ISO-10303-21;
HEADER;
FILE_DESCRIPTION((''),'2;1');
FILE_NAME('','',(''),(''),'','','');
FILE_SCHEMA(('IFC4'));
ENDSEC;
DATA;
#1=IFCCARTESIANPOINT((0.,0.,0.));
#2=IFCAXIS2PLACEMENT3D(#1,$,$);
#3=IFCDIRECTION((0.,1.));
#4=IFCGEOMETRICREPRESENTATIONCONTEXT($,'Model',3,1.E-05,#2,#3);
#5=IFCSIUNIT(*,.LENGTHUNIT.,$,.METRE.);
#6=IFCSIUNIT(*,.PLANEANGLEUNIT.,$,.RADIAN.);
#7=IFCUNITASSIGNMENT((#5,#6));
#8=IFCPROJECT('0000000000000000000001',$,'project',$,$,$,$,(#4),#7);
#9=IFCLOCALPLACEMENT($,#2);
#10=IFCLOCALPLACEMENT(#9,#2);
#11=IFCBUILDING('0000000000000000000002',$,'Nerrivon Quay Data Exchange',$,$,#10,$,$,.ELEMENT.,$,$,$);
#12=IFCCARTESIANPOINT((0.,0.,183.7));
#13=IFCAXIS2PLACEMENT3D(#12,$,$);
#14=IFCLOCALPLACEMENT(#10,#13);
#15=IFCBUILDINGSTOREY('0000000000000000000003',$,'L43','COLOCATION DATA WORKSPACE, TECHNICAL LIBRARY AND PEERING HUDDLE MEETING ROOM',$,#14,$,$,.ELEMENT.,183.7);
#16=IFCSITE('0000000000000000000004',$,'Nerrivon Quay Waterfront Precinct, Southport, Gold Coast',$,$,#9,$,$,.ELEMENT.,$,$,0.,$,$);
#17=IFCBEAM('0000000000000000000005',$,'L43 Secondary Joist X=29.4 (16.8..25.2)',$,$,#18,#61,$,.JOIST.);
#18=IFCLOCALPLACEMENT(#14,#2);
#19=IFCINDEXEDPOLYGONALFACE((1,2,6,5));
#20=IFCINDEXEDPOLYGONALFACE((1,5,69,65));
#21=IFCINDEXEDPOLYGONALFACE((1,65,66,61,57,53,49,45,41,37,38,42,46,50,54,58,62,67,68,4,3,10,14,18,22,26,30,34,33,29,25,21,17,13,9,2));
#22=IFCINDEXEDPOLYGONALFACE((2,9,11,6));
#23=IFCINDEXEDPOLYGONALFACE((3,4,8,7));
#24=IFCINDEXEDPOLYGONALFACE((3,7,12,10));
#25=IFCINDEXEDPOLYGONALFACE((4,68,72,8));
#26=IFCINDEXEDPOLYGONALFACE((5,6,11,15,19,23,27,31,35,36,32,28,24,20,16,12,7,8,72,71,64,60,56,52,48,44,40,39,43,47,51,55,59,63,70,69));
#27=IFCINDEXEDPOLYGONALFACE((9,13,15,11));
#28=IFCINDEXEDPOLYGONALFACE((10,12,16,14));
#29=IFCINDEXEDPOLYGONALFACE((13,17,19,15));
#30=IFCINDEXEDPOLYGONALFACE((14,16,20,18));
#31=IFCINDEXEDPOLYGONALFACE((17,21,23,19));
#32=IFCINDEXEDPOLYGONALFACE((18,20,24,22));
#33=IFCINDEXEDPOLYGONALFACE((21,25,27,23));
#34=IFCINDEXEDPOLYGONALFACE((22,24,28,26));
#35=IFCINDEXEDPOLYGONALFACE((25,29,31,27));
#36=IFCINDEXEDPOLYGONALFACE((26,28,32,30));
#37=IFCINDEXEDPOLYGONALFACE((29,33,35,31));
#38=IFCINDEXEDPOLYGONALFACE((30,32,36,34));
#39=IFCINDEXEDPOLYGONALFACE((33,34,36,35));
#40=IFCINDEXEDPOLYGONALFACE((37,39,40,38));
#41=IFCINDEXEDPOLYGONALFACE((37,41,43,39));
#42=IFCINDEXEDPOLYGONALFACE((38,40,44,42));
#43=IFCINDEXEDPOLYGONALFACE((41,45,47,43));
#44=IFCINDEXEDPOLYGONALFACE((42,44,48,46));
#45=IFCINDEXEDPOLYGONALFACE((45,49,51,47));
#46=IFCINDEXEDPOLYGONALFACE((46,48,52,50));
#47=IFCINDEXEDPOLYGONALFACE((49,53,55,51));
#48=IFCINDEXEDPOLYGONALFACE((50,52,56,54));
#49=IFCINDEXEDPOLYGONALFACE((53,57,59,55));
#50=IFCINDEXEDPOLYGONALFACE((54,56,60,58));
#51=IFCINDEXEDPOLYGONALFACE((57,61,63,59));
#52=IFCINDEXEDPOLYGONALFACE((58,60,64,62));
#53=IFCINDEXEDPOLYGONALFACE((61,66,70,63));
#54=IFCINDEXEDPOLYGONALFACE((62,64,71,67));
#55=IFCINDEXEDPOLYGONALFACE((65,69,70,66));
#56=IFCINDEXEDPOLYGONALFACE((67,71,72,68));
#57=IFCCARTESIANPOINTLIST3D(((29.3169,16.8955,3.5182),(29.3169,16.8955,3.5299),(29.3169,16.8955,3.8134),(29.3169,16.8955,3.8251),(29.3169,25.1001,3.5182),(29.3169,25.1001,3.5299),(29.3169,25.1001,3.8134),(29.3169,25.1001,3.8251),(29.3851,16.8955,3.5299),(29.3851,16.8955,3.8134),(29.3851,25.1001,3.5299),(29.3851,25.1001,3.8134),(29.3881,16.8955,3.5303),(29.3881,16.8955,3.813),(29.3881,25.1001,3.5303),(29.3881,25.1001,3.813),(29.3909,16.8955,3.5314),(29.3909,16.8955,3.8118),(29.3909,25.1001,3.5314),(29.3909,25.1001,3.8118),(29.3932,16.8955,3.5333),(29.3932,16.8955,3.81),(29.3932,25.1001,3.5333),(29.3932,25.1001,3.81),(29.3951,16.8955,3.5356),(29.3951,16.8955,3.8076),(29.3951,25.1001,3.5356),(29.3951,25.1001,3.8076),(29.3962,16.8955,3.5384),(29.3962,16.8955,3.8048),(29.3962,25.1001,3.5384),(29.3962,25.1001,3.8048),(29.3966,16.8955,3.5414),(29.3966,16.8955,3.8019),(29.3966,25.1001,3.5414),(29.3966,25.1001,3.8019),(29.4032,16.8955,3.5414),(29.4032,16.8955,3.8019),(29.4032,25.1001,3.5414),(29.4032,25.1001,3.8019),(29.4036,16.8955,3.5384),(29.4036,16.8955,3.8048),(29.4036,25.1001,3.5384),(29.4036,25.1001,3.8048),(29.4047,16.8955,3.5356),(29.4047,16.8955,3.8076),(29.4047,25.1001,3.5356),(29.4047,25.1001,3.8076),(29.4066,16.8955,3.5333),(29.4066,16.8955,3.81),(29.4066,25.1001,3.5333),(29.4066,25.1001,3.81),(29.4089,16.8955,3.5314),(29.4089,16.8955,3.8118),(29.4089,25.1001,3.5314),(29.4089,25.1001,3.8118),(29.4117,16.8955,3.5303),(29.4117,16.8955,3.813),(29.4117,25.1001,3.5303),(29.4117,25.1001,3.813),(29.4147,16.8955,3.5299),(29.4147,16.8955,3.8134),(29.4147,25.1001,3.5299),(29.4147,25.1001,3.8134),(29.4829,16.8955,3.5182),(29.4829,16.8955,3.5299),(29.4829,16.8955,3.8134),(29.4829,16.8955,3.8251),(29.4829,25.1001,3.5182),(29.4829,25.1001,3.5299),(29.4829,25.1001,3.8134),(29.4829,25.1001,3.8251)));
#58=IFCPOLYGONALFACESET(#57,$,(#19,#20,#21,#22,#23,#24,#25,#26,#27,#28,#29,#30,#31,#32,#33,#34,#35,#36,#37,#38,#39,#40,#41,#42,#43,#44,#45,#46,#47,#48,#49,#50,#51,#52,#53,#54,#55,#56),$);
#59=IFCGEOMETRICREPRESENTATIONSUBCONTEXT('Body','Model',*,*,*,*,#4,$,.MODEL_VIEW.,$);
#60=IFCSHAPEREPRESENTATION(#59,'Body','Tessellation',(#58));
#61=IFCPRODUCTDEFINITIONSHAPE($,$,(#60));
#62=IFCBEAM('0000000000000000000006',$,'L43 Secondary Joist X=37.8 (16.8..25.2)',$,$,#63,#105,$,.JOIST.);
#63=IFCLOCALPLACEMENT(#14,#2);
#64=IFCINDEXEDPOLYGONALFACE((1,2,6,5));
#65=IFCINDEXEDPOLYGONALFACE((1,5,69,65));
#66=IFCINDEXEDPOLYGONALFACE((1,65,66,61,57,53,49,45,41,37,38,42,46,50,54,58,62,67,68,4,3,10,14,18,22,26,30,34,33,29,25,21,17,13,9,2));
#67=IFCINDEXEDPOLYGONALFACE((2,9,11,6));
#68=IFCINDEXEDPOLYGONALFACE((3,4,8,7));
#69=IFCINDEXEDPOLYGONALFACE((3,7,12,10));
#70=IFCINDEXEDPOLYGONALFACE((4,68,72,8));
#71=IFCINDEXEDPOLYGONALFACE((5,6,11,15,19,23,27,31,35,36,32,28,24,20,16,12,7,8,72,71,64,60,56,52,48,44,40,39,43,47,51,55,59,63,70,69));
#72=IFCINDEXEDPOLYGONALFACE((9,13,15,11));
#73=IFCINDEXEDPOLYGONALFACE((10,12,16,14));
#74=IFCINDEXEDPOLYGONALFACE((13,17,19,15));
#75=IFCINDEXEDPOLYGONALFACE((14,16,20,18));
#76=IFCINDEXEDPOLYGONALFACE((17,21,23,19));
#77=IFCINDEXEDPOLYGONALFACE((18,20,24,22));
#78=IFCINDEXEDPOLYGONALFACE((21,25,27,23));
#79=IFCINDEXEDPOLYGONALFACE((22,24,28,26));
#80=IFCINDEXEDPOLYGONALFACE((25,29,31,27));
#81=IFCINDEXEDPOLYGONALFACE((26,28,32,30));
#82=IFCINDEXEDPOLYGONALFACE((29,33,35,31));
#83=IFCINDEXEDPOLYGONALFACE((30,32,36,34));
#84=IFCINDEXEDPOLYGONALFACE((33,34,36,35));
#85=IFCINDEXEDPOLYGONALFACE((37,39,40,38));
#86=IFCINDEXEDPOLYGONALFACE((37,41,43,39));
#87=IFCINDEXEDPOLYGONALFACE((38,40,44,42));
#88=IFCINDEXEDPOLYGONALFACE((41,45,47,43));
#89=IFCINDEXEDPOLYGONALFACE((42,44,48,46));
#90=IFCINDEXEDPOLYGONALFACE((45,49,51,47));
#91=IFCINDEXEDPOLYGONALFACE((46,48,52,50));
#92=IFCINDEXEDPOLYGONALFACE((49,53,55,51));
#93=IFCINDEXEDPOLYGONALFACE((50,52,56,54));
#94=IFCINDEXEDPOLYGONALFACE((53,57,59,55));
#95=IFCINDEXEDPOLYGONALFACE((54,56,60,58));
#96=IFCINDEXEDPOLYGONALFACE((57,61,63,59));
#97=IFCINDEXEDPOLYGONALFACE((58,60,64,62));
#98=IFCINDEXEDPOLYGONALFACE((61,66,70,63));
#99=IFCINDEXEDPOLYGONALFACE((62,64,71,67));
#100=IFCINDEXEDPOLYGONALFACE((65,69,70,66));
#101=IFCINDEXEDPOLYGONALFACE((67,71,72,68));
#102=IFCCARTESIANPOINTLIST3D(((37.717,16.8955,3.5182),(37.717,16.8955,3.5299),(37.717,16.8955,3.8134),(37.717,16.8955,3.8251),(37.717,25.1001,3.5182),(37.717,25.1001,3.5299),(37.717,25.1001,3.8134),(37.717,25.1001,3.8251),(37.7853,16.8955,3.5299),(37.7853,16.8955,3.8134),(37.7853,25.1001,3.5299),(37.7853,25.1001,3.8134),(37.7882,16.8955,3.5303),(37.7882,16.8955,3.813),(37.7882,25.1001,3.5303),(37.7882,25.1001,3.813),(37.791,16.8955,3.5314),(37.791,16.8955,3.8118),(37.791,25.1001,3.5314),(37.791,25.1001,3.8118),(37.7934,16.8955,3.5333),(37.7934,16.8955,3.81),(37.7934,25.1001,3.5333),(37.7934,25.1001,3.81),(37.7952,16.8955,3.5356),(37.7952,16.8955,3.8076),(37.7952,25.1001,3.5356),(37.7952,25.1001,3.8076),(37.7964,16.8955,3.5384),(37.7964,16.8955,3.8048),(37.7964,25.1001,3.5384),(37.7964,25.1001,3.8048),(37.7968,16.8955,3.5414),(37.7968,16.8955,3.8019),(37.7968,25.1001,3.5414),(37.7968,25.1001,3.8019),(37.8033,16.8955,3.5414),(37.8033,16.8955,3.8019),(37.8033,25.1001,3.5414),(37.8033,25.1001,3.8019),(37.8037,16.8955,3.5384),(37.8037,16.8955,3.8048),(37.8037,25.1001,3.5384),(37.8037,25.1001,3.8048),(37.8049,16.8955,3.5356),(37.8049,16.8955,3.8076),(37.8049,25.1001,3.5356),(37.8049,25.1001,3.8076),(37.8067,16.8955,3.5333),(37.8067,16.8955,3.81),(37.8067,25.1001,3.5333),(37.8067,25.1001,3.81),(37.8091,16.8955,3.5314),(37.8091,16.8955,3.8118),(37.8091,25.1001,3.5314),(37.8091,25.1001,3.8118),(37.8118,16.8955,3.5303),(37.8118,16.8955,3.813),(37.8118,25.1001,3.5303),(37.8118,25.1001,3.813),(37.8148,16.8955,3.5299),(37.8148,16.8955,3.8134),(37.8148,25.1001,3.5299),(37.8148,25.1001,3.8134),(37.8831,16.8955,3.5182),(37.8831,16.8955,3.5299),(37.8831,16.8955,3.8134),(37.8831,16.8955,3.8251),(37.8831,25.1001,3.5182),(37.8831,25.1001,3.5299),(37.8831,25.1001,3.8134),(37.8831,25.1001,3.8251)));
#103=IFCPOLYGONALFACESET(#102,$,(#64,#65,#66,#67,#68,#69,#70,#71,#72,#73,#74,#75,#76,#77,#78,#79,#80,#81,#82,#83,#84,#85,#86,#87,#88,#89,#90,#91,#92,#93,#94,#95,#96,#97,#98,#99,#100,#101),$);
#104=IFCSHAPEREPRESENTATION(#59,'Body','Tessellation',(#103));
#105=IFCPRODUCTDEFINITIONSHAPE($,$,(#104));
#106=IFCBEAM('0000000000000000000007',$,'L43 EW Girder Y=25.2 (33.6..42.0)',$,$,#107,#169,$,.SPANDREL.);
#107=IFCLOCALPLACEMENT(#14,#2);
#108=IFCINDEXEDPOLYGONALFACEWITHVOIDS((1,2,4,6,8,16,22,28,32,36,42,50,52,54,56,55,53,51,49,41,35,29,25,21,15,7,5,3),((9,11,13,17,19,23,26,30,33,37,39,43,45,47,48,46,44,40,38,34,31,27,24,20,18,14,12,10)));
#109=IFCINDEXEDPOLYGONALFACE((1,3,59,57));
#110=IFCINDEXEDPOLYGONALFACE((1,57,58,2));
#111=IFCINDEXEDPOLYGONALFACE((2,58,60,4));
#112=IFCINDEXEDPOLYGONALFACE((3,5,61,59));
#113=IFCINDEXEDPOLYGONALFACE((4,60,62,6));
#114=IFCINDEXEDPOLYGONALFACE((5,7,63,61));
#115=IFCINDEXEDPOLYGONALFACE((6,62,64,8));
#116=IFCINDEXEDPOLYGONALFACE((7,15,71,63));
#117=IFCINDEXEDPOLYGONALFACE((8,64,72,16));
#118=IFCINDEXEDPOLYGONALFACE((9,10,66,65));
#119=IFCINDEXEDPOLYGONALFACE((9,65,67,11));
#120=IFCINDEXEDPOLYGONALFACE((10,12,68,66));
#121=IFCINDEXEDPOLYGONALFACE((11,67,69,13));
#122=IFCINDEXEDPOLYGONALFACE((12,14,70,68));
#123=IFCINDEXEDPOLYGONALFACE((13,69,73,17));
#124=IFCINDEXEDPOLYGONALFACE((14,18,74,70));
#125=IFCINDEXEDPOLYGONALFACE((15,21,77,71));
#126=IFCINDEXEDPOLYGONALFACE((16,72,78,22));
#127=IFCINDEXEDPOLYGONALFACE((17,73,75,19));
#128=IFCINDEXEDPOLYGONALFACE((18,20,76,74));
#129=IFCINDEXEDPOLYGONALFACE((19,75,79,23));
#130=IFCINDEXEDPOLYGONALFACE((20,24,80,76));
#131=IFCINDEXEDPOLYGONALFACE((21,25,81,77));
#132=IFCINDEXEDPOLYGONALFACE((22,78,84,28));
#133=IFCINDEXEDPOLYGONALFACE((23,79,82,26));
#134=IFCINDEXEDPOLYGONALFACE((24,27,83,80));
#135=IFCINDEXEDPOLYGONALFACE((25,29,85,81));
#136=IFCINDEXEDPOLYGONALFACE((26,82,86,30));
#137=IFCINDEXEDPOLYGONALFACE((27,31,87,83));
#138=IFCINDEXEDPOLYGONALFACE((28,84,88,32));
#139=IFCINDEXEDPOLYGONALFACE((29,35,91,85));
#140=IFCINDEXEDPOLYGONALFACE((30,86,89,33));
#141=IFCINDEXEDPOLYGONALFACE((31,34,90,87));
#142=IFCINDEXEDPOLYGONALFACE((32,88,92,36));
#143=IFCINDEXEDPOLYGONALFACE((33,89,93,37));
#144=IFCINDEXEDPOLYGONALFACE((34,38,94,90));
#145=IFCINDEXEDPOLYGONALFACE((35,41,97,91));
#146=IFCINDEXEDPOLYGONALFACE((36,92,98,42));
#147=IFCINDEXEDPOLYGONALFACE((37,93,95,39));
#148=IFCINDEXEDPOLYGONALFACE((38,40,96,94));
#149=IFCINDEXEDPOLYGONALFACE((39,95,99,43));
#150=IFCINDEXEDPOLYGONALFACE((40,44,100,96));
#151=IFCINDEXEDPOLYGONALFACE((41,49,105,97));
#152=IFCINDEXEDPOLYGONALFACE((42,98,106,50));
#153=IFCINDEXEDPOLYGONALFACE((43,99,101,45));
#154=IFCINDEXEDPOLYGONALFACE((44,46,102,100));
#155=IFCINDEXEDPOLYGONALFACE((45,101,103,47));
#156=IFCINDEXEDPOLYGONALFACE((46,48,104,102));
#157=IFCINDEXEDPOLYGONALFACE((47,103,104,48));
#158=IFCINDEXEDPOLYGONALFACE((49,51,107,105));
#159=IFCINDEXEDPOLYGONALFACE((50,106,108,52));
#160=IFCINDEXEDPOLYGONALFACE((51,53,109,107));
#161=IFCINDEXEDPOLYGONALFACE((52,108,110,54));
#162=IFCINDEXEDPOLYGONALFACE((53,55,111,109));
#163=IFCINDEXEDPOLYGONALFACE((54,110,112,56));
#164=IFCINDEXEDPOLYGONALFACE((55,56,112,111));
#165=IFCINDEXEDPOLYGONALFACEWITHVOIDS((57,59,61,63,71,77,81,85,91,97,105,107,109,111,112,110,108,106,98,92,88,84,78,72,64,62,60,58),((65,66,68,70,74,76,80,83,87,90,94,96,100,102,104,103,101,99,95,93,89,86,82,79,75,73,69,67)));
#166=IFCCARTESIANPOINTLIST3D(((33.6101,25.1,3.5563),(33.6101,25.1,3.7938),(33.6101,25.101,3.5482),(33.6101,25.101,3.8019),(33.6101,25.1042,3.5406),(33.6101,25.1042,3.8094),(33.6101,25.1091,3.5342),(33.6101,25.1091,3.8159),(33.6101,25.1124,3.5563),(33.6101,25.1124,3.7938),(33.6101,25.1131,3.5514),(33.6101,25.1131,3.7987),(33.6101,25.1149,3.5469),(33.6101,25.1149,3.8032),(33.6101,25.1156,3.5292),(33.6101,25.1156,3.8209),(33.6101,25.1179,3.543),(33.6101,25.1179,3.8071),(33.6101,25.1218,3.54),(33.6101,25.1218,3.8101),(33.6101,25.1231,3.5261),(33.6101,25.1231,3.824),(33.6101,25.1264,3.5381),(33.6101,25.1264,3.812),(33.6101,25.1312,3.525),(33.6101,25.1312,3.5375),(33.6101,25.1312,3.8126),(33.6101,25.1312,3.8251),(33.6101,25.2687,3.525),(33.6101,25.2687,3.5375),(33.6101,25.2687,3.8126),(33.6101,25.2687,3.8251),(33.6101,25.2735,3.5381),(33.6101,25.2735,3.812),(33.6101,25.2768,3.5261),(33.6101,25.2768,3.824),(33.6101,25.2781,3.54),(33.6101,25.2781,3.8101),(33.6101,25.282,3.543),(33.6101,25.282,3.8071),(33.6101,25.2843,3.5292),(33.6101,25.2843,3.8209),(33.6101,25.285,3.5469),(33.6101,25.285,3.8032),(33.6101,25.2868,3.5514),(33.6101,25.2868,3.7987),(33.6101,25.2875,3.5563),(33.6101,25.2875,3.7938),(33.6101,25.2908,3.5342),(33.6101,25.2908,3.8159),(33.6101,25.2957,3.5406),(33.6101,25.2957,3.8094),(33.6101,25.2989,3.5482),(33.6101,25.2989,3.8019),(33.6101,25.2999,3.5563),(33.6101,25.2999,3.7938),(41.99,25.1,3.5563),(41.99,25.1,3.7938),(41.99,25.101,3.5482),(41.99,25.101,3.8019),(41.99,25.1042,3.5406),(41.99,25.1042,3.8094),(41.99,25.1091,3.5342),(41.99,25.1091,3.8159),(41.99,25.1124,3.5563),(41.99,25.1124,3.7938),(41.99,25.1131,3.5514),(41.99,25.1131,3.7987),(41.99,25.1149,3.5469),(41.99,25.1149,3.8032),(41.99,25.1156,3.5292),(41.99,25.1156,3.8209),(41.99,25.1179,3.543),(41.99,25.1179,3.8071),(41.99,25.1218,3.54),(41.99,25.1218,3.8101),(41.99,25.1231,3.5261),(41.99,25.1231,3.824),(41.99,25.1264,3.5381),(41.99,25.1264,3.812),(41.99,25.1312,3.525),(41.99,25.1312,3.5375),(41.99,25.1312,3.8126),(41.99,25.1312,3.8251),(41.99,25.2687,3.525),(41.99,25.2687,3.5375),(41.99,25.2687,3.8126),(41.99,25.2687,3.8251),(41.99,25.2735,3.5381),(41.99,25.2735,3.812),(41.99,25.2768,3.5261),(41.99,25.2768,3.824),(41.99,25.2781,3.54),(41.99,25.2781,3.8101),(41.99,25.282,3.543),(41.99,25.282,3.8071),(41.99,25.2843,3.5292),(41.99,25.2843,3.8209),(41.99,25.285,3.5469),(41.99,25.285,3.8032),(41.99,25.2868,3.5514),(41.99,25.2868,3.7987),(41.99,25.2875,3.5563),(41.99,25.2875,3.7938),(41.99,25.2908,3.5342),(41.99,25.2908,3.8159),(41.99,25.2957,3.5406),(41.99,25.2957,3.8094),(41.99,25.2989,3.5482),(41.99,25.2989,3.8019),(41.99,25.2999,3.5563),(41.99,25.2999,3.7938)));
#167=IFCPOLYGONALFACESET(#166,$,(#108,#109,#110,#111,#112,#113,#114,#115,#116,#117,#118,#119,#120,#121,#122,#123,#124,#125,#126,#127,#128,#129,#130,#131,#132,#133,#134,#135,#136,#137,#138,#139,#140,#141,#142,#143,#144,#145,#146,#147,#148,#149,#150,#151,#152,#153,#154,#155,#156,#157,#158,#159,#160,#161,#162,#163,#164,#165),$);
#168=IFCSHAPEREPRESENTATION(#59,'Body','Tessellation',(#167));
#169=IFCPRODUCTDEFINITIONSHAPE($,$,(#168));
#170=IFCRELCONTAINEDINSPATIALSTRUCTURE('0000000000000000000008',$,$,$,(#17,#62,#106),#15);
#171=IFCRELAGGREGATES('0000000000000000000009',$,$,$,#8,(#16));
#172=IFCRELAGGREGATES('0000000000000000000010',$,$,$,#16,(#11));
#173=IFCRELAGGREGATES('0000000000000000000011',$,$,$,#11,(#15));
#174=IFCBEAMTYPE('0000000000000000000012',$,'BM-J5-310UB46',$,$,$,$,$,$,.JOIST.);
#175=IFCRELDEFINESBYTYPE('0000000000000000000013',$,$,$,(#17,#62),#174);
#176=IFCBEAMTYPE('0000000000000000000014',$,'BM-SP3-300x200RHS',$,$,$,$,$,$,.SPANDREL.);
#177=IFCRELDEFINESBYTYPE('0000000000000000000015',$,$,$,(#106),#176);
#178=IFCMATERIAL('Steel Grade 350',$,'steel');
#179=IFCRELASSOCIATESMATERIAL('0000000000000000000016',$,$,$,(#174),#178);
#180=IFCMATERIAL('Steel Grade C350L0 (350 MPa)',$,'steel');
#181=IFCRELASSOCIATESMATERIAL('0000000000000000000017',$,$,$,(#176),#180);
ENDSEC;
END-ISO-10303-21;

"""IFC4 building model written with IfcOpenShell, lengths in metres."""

from ifc_helpers import new_model, si_unit, direction, frame, origin, origin_2d, place, context, subcontext, project, spatial, hollow_rectangle, i_section, extrude, material, material_profile, profile_set, type_object, element, save


model = new_model("IFC4")

# Units and contexts
model_context = context("Model", 3, precision=1e-05, world=origin(), true_north=direction((0.0, 1.0)))
body_context = subcontext(model_context, "Body", "Model", "MODEL_VIEW")
ifc_project = project(units=[si_unit("LENGTHUNIT", "METRE"), si_unit("PLANEANGLEUNIT", "RADIAN")], contexts=[model_context])

# Site, building, storey
site_placement = place(None, origin())
site = spatial("IfcSite", under=ifc_project, at=site_placement, Name="Nerrivon Quay Waterfront Precinct, Southport, Gold Coast", CompositionType="ELEMENT", RefElevation=0.0)
building_placement = place(site_placement, origin())
building = spatial("IfcBuilding", under=site, at=building_placement, Name="Nerrivon Quay Data Exchange", CompositionType="ELEMENT")
storey_placement = place(building_placement, frame((0.0, 0.0, 183.7)))
storey = spatial("IfcBuildingStorey", under=building, at=storey_placement, Name="L43", Description="COLOCATION DATA WORKSPACE, TECHNICAL LIBRARY AND PEERING HUDDLE MEETING ROOM", CompositionType="ELEMENT", Elevation=183.7)

# Shared definitions
ifc_material_1 = material(Name="Steel Grade 350", Category="steel")

# Beams
ifc_material_profile_1 = material_profile(ifc_material_1, i_section(OverallWidth=0.166, OverallDepth=0.3069, WebThickness=0.0066, FlangeThickness=0.0117, FilletRadius=0.0115, at=origin_2d()), Name="310UB46.2")
ifc_profile_set_1 = profile_set([ifc_material_profile_1], Name="Steel Grade 350")
beam_type_1 = type_object("IfcBeamType", Name="BM-J5-310UB46", PredefinedType="JOIST", material=ifc_profile_set_1)
for number, where, z_axis, x_axis, name in (
    (1, (29.3999, 16.8955, 3.6716), (0.0, 1.0, 0.0), (-1.0, 0.0, 0.0), "L43 Secondary Joist X=29.4 (16.8..25.2)"),
    (2, (37.8, 16.8955, 3.6716), (0.0, 1.0, 0.0), (-1.0, 0.0, 0.0), "L43 Secondary Joist X=37.8 (16.8..25.2)"),
):
    element("IfcBeam", number, at=place(storey_placement, frame(where, z_axis=z_axis, x_axis=x_axis)), inside=storey, type_object=beam_type_1, Name=name, PredefinedType="JOIST", context=body_context, shape_type="SweptSolid", body=[
        extrude(i_section(OverallWidth=0.166, OverallDepth=0.3069, WebThickness=0.0066, FlangeThickness=0.0117, FilletRadius=0.0115, at=origin_2d()), origin(), (0.0, 0.0, 1.0), 8.2046),
    ])
ifc_material_2 = material(Name="Steel Grade C350L0 (350 MPa)", Category="steel")
ifc_material_profile_2 = material_profile(ifc_material_2, hollow_rectangle(XDim=0.2, YDim=0.3, WallThickness=0.0125, InnerFilletRadius=0.0188, OuterFilletRadius=0.0312, at=origin_2d()), Name="300x200x12.5RHS")
ifc_profile_set_2 = profile_set([ifc_material_profile_2], Name="Steel Grade C350L0 (350 MPa)")
beam_type_2 = type_object("IfcBeamType", Name="BM-SP3-300x200RHS", PredefinedType="SPANDREL", material=ifc_profile_set_2)
beam_1_placement = place(storey_placement, frame((33.6101, 25.2, 3.675), z_axis=(1.0, 0.0, 0.0), x_axis=(0.0, 1.0, 0.0)))
element("IfcBeam", 3, at=beam_1_placement, inside=storey, type_object=beam_type_2, Name="L43 EW Girder Y=25.2 (33.6..42.0)", PredefinedType="SPANDREL", context=body_context, shape_type="SweptSolid", body=[
    extrude(hollow_rectangle(XDim=0.2, YDim=0.3, WallThickness=0.0125, InnerFilletRadius=0.0188, OuterFilletRadius=0.0312, at=origin_2d()), origin(), (0.0, 0.0, 1.0), 8.3799),
])

save(model, "model.ifc")
